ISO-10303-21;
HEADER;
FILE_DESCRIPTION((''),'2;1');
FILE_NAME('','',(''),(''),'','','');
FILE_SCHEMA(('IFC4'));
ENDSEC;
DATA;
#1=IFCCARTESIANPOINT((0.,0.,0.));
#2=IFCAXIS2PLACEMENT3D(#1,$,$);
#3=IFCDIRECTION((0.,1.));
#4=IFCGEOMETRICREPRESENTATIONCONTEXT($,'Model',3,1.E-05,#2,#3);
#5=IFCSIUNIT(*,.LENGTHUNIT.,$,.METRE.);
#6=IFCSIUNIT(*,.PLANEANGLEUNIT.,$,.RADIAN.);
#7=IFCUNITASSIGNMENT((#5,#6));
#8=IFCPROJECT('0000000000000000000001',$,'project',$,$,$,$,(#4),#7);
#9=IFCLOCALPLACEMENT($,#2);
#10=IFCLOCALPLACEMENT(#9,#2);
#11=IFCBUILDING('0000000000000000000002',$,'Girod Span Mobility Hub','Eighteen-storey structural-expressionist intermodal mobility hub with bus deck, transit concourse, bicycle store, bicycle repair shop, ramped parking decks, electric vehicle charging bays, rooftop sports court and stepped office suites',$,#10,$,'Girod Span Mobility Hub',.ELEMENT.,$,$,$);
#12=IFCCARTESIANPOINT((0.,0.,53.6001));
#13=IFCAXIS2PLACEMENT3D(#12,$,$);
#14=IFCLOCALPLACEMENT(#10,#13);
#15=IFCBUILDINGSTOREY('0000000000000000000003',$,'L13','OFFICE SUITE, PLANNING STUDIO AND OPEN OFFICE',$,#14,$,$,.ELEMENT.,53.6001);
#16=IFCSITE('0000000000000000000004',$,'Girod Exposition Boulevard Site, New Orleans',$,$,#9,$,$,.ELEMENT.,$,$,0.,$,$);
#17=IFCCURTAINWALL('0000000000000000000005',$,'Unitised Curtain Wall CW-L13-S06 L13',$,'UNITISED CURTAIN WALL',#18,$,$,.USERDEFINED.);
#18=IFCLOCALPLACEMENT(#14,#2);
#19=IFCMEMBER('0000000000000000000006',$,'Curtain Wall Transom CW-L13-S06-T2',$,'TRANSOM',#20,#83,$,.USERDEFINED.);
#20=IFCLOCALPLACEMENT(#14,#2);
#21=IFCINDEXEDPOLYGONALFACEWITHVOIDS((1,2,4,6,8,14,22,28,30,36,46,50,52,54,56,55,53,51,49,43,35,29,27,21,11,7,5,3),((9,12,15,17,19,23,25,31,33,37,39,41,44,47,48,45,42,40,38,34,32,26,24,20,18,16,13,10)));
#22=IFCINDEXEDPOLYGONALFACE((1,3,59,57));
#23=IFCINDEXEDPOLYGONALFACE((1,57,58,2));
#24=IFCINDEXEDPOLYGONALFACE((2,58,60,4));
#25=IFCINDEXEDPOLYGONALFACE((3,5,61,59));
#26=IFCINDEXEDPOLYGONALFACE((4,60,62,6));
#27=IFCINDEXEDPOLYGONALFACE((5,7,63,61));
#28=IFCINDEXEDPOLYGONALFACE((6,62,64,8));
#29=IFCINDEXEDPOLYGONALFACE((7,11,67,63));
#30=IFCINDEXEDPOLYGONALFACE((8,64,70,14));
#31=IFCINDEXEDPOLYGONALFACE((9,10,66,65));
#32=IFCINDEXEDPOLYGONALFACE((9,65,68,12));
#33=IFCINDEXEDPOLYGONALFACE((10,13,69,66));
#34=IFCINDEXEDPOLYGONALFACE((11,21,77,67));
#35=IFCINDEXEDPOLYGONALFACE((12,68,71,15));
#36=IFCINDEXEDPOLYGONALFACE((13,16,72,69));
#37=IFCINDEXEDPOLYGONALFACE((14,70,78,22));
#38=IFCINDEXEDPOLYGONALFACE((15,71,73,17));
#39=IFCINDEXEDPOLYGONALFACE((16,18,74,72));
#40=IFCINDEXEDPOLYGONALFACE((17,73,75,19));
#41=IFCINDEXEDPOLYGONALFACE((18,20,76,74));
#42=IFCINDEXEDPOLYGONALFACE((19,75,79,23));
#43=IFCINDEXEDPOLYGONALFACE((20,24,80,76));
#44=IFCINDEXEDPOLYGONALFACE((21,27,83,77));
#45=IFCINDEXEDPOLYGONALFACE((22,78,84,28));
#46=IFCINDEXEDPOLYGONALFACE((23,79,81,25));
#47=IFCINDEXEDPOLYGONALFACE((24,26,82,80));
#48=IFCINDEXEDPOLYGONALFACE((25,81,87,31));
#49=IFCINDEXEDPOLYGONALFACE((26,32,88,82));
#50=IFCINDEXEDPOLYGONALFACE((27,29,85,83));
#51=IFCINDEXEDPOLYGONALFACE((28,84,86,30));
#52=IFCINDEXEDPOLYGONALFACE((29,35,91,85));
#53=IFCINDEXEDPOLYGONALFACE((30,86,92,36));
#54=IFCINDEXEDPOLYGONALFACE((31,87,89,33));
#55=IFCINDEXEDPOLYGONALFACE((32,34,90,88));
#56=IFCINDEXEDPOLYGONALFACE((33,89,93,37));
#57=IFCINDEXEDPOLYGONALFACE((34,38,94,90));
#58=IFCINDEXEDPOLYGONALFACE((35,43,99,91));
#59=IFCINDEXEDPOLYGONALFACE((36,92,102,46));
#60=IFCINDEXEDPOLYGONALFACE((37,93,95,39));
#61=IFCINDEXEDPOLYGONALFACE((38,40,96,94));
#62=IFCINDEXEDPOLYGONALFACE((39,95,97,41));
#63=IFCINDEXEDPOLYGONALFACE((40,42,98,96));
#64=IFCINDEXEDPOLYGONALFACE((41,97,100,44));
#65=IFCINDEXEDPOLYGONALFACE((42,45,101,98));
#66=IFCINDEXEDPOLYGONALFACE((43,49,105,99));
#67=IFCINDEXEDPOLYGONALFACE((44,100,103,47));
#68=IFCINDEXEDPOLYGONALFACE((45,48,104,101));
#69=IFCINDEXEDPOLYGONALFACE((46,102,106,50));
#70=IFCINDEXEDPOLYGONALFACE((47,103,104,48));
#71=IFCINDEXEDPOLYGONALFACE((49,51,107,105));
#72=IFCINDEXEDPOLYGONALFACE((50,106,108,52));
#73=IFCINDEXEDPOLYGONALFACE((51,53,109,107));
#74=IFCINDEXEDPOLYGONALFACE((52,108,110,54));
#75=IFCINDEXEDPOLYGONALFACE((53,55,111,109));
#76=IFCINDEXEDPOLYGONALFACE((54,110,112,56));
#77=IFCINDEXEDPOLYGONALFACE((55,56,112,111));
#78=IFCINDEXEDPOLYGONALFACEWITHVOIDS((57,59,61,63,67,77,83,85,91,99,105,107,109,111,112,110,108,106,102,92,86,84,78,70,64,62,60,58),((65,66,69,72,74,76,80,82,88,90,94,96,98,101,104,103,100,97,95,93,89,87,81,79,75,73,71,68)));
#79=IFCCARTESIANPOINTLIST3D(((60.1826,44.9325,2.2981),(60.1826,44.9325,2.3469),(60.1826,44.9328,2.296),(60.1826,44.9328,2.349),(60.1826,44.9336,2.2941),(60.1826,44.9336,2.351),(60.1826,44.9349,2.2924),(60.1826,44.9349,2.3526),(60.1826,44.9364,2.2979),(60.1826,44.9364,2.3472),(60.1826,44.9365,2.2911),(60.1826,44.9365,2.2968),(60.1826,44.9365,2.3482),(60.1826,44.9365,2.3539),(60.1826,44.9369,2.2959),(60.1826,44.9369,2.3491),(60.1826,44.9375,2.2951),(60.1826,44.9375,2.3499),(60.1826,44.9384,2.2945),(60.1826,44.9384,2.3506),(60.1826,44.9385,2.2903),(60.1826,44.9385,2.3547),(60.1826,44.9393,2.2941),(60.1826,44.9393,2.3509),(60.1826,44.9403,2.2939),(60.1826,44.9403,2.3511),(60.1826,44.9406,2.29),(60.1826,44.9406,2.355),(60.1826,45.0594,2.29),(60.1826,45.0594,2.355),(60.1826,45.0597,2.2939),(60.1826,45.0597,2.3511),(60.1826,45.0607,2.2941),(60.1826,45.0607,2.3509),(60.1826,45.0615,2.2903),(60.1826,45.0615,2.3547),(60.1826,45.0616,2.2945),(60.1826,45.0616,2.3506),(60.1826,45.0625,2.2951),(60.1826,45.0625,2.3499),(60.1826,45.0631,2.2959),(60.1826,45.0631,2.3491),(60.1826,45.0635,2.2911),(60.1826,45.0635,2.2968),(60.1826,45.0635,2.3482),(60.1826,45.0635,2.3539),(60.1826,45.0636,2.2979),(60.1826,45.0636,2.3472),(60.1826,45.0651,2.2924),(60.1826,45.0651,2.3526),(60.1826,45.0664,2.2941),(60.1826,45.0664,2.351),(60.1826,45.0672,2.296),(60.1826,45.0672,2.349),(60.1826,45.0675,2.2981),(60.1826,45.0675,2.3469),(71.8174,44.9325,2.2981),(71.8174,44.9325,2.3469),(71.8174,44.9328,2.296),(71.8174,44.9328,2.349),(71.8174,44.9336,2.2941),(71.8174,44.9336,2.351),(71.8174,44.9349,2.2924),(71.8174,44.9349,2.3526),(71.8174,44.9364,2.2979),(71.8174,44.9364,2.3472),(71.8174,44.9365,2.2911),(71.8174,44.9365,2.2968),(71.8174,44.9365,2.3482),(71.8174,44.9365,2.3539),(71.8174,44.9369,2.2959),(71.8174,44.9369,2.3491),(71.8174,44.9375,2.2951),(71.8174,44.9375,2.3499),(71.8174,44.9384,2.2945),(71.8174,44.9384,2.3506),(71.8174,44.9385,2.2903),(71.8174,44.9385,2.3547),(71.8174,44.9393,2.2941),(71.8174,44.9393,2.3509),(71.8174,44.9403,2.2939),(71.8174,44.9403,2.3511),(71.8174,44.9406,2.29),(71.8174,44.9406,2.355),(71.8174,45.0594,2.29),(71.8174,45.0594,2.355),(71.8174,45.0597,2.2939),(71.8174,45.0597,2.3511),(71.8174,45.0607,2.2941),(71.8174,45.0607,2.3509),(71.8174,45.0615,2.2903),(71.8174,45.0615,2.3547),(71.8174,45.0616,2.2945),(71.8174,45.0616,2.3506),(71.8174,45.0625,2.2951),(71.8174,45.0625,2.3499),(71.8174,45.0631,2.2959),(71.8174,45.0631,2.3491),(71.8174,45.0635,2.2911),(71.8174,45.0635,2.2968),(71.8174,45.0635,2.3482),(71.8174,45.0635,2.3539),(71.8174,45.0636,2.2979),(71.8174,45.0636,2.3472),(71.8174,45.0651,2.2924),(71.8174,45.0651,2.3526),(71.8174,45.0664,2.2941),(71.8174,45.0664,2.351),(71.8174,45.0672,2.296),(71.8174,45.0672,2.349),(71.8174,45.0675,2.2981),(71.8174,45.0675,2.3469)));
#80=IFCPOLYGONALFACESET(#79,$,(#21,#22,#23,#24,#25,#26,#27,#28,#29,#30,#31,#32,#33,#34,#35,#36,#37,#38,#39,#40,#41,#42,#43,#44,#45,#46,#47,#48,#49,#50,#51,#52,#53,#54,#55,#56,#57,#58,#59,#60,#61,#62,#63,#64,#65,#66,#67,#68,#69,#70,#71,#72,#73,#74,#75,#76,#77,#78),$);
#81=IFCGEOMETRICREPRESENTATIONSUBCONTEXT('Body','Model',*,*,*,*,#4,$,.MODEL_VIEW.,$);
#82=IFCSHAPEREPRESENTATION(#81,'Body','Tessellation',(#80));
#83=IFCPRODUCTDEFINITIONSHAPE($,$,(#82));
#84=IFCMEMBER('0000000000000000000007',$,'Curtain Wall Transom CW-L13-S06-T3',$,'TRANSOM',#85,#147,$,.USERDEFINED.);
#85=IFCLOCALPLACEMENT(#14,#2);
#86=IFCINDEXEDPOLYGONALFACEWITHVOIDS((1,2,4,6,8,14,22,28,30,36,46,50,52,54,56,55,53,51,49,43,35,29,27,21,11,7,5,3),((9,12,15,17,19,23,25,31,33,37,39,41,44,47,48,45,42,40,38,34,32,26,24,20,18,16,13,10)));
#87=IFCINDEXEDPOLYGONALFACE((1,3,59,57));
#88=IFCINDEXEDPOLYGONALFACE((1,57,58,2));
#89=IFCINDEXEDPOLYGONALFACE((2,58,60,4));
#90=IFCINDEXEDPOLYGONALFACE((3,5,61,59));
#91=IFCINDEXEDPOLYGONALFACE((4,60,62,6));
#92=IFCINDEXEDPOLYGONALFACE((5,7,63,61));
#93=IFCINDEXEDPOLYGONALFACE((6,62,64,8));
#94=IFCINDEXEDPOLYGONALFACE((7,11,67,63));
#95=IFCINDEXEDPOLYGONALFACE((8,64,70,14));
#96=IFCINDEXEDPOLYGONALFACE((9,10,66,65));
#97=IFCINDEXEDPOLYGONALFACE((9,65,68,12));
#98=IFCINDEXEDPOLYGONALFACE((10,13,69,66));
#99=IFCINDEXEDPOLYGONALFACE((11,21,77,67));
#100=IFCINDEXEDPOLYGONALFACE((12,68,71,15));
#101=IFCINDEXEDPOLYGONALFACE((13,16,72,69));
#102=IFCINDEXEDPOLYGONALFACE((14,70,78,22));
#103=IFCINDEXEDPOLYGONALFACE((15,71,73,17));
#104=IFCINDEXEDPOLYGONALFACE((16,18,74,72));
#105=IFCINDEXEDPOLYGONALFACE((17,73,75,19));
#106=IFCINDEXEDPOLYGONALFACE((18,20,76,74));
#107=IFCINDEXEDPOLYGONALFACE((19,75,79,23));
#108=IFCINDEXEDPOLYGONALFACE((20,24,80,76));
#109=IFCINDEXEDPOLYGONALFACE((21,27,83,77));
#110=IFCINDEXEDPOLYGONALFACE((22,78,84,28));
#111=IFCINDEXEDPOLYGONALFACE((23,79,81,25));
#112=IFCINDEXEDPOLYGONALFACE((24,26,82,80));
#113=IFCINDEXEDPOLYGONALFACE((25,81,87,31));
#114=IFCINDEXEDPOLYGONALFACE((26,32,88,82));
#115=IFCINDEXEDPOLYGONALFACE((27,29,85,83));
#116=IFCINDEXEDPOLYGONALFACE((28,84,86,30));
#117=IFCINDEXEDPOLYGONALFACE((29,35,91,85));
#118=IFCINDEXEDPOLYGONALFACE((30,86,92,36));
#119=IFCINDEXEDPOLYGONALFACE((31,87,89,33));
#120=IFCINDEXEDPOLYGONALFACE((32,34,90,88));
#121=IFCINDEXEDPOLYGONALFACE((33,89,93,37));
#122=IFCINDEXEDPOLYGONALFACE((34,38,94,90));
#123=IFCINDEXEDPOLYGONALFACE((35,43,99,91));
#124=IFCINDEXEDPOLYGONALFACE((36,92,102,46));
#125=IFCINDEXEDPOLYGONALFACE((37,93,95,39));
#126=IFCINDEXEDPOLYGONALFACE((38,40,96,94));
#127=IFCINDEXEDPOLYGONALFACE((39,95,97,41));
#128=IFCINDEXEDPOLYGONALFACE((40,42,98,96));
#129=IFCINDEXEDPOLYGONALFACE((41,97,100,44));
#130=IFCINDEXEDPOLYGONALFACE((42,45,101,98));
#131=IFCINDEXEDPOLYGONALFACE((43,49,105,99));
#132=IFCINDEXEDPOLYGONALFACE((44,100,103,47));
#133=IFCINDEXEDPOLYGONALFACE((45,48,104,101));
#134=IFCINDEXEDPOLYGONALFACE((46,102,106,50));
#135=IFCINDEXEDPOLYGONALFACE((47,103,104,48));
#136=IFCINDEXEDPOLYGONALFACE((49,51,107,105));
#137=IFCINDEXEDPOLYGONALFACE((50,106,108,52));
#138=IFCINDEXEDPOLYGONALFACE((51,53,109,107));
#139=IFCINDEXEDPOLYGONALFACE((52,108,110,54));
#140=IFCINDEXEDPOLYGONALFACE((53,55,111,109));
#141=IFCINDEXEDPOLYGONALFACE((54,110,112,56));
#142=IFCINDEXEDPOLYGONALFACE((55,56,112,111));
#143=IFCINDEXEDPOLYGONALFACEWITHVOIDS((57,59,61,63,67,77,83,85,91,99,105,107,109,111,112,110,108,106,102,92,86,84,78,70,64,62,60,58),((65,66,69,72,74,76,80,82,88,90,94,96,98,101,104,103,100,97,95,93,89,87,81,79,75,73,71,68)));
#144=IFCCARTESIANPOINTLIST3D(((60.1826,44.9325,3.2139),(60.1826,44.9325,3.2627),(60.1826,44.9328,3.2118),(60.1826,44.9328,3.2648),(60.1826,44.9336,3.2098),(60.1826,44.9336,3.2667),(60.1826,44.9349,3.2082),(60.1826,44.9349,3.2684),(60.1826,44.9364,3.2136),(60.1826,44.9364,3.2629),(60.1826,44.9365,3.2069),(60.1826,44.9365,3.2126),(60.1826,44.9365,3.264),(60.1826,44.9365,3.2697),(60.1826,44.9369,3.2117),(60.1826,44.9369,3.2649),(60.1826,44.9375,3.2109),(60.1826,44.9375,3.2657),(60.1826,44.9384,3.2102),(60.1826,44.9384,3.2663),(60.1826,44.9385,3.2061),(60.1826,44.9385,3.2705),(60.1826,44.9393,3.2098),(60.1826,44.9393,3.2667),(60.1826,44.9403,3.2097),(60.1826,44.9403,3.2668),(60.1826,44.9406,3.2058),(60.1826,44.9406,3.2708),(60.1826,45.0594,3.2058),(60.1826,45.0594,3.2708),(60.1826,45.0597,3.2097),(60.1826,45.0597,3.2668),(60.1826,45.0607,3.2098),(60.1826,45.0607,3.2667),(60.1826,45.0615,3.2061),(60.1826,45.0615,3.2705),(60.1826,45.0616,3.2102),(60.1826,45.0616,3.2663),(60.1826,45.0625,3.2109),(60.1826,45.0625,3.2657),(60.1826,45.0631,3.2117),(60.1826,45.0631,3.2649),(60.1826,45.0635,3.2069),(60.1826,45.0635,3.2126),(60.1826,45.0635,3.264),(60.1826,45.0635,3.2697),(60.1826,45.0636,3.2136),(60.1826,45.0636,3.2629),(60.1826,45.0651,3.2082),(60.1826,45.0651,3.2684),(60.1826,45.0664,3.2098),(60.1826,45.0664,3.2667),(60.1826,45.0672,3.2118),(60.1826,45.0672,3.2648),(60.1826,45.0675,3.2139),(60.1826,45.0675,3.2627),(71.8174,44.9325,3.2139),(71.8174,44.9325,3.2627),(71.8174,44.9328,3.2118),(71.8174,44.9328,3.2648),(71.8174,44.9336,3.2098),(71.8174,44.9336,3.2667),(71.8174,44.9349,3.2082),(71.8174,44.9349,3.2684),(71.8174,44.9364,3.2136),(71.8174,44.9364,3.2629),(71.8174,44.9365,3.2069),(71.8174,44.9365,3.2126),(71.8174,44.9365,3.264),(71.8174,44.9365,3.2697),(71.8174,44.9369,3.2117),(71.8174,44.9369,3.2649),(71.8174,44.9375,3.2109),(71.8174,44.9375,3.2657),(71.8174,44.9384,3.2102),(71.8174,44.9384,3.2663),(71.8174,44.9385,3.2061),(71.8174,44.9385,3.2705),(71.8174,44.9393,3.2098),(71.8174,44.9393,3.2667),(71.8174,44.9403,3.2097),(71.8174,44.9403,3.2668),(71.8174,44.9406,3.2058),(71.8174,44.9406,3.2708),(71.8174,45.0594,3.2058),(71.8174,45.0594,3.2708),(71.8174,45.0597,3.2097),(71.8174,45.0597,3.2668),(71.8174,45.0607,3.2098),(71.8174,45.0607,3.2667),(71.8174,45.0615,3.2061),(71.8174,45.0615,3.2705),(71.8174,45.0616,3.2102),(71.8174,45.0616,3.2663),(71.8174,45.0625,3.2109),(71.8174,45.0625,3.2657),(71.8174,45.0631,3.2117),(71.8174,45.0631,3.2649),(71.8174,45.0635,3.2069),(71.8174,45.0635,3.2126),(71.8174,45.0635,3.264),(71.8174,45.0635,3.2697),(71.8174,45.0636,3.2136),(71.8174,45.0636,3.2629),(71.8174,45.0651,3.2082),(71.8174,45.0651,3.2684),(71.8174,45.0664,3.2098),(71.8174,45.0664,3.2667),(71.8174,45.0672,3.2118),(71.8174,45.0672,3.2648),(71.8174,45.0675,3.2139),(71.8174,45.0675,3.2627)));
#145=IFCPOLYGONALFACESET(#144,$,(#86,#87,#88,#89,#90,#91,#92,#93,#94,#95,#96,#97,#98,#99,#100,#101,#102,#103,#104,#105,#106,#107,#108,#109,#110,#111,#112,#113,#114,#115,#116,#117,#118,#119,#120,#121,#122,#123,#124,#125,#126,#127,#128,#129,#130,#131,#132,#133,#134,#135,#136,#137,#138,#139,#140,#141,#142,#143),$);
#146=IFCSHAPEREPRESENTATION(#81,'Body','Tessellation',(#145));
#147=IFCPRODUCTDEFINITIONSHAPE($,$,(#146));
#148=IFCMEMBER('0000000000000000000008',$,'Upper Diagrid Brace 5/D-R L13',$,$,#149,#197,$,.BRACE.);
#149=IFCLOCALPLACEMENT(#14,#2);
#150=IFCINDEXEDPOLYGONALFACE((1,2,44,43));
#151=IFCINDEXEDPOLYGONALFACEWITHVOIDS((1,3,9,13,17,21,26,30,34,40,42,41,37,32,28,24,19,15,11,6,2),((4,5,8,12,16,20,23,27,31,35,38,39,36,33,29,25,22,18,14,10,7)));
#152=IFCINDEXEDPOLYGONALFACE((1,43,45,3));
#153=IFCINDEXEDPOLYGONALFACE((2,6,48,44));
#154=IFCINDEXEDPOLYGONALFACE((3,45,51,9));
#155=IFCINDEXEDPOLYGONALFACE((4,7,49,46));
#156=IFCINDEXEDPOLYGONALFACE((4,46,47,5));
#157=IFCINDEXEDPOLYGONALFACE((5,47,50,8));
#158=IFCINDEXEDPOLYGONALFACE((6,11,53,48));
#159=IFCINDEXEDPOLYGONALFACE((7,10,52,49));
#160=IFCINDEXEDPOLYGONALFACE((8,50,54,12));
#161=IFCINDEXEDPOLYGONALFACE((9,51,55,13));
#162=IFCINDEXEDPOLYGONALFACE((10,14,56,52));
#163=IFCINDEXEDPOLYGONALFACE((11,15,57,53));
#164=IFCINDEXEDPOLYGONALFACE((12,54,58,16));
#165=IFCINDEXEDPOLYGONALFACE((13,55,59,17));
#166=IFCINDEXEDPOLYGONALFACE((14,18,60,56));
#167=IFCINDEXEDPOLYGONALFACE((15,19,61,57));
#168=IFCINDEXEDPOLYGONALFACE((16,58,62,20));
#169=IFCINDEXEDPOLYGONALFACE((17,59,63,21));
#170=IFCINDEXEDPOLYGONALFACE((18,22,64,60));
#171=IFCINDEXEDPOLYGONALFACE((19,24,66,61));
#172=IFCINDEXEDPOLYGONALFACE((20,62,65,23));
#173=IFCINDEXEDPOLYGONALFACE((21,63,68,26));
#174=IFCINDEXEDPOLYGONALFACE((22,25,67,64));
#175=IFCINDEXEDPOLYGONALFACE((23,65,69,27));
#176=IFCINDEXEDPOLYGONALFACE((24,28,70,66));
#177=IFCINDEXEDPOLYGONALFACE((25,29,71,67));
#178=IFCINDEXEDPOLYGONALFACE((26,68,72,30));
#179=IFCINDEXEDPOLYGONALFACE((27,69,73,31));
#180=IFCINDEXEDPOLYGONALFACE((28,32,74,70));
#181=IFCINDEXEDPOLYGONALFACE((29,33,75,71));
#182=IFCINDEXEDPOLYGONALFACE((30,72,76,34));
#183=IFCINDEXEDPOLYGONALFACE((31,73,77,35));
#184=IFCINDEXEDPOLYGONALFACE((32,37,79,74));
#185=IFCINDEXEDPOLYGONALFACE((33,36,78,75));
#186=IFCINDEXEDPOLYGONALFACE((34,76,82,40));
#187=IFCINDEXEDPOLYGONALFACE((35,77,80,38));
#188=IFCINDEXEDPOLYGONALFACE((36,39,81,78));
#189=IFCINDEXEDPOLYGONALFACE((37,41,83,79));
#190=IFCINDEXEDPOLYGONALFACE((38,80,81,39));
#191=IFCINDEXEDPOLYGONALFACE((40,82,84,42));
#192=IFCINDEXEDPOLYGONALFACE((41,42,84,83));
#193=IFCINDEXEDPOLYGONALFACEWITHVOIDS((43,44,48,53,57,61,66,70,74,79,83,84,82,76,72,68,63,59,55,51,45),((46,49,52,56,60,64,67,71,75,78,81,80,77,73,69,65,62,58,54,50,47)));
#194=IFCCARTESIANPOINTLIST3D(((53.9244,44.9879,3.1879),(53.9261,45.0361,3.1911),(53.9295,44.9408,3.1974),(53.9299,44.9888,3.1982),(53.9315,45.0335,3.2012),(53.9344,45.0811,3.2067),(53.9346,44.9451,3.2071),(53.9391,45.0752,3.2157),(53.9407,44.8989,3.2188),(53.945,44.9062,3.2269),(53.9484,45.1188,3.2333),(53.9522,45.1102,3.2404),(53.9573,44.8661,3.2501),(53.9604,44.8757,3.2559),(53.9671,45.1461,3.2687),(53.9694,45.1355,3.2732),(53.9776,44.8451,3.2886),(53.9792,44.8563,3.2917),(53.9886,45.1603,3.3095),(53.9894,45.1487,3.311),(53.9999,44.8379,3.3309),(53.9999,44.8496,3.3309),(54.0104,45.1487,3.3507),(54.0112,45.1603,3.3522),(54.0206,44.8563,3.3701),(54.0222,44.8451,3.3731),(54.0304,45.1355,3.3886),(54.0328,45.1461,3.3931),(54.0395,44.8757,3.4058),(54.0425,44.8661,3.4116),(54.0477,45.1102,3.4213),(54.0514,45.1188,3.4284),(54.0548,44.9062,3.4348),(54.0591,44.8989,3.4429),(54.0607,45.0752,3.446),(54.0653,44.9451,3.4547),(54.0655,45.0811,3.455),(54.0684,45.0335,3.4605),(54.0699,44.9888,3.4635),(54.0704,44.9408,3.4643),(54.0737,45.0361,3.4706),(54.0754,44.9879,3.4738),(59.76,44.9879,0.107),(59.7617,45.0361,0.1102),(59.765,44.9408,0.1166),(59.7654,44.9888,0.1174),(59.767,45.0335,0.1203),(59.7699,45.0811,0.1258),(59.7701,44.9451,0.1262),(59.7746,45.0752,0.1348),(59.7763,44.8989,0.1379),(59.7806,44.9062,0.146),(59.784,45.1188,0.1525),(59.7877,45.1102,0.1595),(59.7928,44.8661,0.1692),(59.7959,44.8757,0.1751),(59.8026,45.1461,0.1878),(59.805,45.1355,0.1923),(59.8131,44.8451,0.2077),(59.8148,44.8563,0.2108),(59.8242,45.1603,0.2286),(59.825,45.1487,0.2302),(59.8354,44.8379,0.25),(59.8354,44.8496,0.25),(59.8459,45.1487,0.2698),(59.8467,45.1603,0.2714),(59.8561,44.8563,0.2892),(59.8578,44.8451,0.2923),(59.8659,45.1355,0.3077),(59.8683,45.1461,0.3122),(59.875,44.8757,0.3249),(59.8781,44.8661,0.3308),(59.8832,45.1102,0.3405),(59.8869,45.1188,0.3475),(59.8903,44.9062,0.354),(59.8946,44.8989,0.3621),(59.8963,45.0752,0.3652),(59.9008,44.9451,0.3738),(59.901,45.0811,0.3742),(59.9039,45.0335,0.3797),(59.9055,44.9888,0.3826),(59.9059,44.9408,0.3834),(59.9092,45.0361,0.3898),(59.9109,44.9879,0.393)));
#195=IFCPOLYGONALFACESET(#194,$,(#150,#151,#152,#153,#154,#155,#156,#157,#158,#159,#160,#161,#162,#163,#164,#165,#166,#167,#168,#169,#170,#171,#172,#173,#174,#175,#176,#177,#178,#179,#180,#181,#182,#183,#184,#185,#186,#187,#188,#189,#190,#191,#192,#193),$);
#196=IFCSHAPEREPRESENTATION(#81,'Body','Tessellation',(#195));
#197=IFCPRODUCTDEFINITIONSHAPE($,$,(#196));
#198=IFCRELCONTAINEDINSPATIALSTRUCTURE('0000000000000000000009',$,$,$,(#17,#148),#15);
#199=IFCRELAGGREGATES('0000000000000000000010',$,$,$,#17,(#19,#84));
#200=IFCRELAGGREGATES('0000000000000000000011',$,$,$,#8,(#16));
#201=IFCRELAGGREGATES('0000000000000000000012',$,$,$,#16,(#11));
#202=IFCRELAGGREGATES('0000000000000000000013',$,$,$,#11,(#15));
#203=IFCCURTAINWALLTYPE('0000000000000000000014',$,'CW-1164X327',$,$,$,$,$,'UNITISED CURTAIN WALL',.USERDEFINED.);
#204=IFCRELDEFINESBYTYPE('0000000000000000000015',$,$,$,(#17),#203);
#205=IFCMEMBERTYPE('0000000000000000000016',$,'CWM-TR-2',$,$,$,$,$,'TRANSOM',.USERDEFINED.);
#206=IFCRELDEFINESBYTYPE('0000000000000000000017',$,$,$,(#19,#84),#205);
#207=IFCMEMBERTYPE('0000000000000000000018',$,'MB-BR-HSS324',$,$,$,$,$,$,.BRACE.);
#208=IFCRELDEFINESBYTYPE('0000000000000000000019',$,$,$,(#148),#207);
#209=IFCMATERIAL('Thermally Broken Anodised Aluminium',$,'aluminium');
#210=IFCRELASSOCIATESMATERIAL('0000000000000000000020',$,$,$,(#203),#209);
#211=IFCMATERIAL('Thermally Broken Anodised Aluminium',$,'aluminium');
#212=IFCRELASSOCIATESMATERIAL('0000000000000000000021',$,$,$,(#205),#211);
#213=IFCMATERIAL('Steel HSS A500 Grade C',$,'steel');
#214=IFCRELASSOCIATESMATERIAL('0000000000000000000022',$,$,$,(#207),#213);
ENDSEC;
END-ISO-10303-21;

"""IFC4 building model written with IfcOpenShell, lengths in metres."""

from ifc_helpers import new_model, si_unit, direction, frame, origin, origin_2d, place, context, subcontext, project, spatial, hollow_rectangle, hollow_circle, extrude, material, material_profile, profile_set, type_object, element, aggregate, save


model = new_model("IFC4")

# Units and contexts
model_context = context("Model", 3, precision=1e-05, world=origin(), true_north=direction((0.0, 1.0)))
body_context = subcontext(model_context, "Body", "Model", "MODEL_VIEW")
ifc_project = project(units=[si_unit("LENGTHUNIT", "METRE"), si_unit("PLANEANGLEUNIT", "RADIAN")], contexts=[model_context])

# Site, building, storey
site_placement = place(None, origin())
site = spatial("IfcSite", under=ifc_project, at=site_placement, Name="Girod Exposition Boulevard Site, New Orleans", CompositionType="ELEMENT", RefElevation=0.0)
building_placement = place(site_placement, origin())
building = spatial("IfcBuilding", under=site, at=building_placement, Name="Girod Span Mobility Hub", Description="Eighteen-storey structural-expressionist intermodal mobility hub with bus deck, transit concourse, bicycle store, bicycle repair shop, ramped parking decks, electric vehicle charging bays, rooftop sports court and stepped office suites", LongName="Girod Span Mobility Hub", CompositionType="ELEMENT")
storey_placement = place(building_placement, frame((0.0, 0.0, 53.6001)))
storey = spatial("IfcBuildingStorey", under=building, at=storey_placement, Name="L13", Description="OFFICE SUITE, PLANNING STUDIO AND OPEN OFFICE", CompositionType="ELEMENT", Elevation=53.6001)

# Curtain wall, members
ifc_material_1 = material(Name="Thermally Broken Anodised Aluminium", Category="aluminium")
curtain_wall_type = type_object("IfcCurtainWallType", Name="CW-1164X327", ElementType="UNITISED CURTAIN WALL", PredefinedType="USERDEFINED", material=ifc_material_1)
curtain_wall_1_placement = place(storey_placement, origin())
curtain_wall_1 = element("IfcCurtainWall", 1, at=curtain_wall_1_placement, inside=storey, type_object=curtain_wall_type, Name="Unitised Curtain Wall CW-L13-S06 L13", ObjectType="UNITISED CURTAIN WALL", PredefinedType="USERDEFINED")
ifc_material_2 = material(Name="Thermally Broken Anodised Aluminium", Category="aluminium")
ifc_material_profile_1 = material_profile(ifc_material_2, hollow_rectangle(XDim=0.135, YDim=0.0649, WallThickness=0.0039, InnerFilletRadius=0.0039, OuterFilletRadius=0.0081, at=origin_2d()), Name="CW-TR-65X135")
ifc_profile_set_1 = profile_set([ifc_material_profile_1], Name="Thermally Broken Anodised Aluminium")
member_type_1 = type_object("IfcMemberType", Name="CWM-TR-2", ElementType="TRANSOM", PredefinedType="USERDEFINED", material=ifc_profile_set_1)
member_1_placement = place(storey_placement, frame((60.1826, 45.0, 2.3225), z_axis=(1.0, 0.0, 0.0), x_axis=(0.0, 1.0, 0.0)))
member_1 = element("IfcMember", 2, at=member_1_placement, type_object=member_type_1, Name="Curtain Wall Transom CW-L13-S06-T2", ObjectType="TRANSOM", PredefinedType="USERDEFINED", context=body_context, shape_type="SweptSolid", body=[
    extrude(hollow_rectangle(XDim=0.135, YDim=0.0649, WallThickness=0.0039, InnerFilletRadius=0.0039, OuterFilletRadius=0.0081, at=origin_2d()), origin(), (0.0, 0.0, 1.0), 11.6348),
])
member_2_placement = place(storey_placement, frame((60.1826, 45.0, 3.2383), z_axis=(1.0, 0.0, 0.0), x_axis=(0.0, 1.0, 0.0)))
member_2 = element("IfcMember", 3, at=member_2_placement, type_object=member_type_1, Name="Curtain Wall Transom CW-L13-S06-T3", ObjectType="TRANSOM", PredefinedType="USERDEFINED", context=body_context, shape_type="SweptSolid", body=[
    extrude(hollow_rectangle(XDim=0.135, YDim=0.0649, WallThickness=0.0039, InnerFilletRadius=0.0039, OuterFilletRadius=0.0081, at=origin_2d()), origin(), (0.0, 0.0, 1.0), 11.6348),
])
aggregate(curtain_wall_1, [member_1, member_2])

# Member
ifc_material_3 = material(Name="Steel HSS A500 Grade C", Category="steel")
ifc_material_profile_2 = material_profile(ifc_material_3, hollow_circle(Radius=0.1621, WallThickness=0.0117, at=origin_2d()), Name="HSS324X12.7")
ifc_profile_set_2 = profile_set([ifc_material_profile_2], Name="Steel HSS A500 Grade C")
member_type_2 = type_object("IfcMemberType", Name="MB-BR-HSS324", PredefinedType="BRACE", material=ifc_profile_set_2)
member_3_placement = place(storey_placement, frame((59.8354, 45.0, 0.25), z_axis=(-0.884323, 0.0, 0.466876), x_axis=(0.0, -1.0, 0.0)))
element("IfcMember", 4, at=member_3_placement, inside=storey, type_object=member_type_2, Name="Upper Diagrid Brace 5/D-R L13", PredefinedType="BRACE", context=body_context, shape_type="SweptSolid", body=[
    extrude(hollow_circle(Radius=0.1621, WallThickness=0.0117, at=origin_2d()), origin(), (0.0, 0.0, 1.0), 6.5989),
])

save(model, "model.ifc")
